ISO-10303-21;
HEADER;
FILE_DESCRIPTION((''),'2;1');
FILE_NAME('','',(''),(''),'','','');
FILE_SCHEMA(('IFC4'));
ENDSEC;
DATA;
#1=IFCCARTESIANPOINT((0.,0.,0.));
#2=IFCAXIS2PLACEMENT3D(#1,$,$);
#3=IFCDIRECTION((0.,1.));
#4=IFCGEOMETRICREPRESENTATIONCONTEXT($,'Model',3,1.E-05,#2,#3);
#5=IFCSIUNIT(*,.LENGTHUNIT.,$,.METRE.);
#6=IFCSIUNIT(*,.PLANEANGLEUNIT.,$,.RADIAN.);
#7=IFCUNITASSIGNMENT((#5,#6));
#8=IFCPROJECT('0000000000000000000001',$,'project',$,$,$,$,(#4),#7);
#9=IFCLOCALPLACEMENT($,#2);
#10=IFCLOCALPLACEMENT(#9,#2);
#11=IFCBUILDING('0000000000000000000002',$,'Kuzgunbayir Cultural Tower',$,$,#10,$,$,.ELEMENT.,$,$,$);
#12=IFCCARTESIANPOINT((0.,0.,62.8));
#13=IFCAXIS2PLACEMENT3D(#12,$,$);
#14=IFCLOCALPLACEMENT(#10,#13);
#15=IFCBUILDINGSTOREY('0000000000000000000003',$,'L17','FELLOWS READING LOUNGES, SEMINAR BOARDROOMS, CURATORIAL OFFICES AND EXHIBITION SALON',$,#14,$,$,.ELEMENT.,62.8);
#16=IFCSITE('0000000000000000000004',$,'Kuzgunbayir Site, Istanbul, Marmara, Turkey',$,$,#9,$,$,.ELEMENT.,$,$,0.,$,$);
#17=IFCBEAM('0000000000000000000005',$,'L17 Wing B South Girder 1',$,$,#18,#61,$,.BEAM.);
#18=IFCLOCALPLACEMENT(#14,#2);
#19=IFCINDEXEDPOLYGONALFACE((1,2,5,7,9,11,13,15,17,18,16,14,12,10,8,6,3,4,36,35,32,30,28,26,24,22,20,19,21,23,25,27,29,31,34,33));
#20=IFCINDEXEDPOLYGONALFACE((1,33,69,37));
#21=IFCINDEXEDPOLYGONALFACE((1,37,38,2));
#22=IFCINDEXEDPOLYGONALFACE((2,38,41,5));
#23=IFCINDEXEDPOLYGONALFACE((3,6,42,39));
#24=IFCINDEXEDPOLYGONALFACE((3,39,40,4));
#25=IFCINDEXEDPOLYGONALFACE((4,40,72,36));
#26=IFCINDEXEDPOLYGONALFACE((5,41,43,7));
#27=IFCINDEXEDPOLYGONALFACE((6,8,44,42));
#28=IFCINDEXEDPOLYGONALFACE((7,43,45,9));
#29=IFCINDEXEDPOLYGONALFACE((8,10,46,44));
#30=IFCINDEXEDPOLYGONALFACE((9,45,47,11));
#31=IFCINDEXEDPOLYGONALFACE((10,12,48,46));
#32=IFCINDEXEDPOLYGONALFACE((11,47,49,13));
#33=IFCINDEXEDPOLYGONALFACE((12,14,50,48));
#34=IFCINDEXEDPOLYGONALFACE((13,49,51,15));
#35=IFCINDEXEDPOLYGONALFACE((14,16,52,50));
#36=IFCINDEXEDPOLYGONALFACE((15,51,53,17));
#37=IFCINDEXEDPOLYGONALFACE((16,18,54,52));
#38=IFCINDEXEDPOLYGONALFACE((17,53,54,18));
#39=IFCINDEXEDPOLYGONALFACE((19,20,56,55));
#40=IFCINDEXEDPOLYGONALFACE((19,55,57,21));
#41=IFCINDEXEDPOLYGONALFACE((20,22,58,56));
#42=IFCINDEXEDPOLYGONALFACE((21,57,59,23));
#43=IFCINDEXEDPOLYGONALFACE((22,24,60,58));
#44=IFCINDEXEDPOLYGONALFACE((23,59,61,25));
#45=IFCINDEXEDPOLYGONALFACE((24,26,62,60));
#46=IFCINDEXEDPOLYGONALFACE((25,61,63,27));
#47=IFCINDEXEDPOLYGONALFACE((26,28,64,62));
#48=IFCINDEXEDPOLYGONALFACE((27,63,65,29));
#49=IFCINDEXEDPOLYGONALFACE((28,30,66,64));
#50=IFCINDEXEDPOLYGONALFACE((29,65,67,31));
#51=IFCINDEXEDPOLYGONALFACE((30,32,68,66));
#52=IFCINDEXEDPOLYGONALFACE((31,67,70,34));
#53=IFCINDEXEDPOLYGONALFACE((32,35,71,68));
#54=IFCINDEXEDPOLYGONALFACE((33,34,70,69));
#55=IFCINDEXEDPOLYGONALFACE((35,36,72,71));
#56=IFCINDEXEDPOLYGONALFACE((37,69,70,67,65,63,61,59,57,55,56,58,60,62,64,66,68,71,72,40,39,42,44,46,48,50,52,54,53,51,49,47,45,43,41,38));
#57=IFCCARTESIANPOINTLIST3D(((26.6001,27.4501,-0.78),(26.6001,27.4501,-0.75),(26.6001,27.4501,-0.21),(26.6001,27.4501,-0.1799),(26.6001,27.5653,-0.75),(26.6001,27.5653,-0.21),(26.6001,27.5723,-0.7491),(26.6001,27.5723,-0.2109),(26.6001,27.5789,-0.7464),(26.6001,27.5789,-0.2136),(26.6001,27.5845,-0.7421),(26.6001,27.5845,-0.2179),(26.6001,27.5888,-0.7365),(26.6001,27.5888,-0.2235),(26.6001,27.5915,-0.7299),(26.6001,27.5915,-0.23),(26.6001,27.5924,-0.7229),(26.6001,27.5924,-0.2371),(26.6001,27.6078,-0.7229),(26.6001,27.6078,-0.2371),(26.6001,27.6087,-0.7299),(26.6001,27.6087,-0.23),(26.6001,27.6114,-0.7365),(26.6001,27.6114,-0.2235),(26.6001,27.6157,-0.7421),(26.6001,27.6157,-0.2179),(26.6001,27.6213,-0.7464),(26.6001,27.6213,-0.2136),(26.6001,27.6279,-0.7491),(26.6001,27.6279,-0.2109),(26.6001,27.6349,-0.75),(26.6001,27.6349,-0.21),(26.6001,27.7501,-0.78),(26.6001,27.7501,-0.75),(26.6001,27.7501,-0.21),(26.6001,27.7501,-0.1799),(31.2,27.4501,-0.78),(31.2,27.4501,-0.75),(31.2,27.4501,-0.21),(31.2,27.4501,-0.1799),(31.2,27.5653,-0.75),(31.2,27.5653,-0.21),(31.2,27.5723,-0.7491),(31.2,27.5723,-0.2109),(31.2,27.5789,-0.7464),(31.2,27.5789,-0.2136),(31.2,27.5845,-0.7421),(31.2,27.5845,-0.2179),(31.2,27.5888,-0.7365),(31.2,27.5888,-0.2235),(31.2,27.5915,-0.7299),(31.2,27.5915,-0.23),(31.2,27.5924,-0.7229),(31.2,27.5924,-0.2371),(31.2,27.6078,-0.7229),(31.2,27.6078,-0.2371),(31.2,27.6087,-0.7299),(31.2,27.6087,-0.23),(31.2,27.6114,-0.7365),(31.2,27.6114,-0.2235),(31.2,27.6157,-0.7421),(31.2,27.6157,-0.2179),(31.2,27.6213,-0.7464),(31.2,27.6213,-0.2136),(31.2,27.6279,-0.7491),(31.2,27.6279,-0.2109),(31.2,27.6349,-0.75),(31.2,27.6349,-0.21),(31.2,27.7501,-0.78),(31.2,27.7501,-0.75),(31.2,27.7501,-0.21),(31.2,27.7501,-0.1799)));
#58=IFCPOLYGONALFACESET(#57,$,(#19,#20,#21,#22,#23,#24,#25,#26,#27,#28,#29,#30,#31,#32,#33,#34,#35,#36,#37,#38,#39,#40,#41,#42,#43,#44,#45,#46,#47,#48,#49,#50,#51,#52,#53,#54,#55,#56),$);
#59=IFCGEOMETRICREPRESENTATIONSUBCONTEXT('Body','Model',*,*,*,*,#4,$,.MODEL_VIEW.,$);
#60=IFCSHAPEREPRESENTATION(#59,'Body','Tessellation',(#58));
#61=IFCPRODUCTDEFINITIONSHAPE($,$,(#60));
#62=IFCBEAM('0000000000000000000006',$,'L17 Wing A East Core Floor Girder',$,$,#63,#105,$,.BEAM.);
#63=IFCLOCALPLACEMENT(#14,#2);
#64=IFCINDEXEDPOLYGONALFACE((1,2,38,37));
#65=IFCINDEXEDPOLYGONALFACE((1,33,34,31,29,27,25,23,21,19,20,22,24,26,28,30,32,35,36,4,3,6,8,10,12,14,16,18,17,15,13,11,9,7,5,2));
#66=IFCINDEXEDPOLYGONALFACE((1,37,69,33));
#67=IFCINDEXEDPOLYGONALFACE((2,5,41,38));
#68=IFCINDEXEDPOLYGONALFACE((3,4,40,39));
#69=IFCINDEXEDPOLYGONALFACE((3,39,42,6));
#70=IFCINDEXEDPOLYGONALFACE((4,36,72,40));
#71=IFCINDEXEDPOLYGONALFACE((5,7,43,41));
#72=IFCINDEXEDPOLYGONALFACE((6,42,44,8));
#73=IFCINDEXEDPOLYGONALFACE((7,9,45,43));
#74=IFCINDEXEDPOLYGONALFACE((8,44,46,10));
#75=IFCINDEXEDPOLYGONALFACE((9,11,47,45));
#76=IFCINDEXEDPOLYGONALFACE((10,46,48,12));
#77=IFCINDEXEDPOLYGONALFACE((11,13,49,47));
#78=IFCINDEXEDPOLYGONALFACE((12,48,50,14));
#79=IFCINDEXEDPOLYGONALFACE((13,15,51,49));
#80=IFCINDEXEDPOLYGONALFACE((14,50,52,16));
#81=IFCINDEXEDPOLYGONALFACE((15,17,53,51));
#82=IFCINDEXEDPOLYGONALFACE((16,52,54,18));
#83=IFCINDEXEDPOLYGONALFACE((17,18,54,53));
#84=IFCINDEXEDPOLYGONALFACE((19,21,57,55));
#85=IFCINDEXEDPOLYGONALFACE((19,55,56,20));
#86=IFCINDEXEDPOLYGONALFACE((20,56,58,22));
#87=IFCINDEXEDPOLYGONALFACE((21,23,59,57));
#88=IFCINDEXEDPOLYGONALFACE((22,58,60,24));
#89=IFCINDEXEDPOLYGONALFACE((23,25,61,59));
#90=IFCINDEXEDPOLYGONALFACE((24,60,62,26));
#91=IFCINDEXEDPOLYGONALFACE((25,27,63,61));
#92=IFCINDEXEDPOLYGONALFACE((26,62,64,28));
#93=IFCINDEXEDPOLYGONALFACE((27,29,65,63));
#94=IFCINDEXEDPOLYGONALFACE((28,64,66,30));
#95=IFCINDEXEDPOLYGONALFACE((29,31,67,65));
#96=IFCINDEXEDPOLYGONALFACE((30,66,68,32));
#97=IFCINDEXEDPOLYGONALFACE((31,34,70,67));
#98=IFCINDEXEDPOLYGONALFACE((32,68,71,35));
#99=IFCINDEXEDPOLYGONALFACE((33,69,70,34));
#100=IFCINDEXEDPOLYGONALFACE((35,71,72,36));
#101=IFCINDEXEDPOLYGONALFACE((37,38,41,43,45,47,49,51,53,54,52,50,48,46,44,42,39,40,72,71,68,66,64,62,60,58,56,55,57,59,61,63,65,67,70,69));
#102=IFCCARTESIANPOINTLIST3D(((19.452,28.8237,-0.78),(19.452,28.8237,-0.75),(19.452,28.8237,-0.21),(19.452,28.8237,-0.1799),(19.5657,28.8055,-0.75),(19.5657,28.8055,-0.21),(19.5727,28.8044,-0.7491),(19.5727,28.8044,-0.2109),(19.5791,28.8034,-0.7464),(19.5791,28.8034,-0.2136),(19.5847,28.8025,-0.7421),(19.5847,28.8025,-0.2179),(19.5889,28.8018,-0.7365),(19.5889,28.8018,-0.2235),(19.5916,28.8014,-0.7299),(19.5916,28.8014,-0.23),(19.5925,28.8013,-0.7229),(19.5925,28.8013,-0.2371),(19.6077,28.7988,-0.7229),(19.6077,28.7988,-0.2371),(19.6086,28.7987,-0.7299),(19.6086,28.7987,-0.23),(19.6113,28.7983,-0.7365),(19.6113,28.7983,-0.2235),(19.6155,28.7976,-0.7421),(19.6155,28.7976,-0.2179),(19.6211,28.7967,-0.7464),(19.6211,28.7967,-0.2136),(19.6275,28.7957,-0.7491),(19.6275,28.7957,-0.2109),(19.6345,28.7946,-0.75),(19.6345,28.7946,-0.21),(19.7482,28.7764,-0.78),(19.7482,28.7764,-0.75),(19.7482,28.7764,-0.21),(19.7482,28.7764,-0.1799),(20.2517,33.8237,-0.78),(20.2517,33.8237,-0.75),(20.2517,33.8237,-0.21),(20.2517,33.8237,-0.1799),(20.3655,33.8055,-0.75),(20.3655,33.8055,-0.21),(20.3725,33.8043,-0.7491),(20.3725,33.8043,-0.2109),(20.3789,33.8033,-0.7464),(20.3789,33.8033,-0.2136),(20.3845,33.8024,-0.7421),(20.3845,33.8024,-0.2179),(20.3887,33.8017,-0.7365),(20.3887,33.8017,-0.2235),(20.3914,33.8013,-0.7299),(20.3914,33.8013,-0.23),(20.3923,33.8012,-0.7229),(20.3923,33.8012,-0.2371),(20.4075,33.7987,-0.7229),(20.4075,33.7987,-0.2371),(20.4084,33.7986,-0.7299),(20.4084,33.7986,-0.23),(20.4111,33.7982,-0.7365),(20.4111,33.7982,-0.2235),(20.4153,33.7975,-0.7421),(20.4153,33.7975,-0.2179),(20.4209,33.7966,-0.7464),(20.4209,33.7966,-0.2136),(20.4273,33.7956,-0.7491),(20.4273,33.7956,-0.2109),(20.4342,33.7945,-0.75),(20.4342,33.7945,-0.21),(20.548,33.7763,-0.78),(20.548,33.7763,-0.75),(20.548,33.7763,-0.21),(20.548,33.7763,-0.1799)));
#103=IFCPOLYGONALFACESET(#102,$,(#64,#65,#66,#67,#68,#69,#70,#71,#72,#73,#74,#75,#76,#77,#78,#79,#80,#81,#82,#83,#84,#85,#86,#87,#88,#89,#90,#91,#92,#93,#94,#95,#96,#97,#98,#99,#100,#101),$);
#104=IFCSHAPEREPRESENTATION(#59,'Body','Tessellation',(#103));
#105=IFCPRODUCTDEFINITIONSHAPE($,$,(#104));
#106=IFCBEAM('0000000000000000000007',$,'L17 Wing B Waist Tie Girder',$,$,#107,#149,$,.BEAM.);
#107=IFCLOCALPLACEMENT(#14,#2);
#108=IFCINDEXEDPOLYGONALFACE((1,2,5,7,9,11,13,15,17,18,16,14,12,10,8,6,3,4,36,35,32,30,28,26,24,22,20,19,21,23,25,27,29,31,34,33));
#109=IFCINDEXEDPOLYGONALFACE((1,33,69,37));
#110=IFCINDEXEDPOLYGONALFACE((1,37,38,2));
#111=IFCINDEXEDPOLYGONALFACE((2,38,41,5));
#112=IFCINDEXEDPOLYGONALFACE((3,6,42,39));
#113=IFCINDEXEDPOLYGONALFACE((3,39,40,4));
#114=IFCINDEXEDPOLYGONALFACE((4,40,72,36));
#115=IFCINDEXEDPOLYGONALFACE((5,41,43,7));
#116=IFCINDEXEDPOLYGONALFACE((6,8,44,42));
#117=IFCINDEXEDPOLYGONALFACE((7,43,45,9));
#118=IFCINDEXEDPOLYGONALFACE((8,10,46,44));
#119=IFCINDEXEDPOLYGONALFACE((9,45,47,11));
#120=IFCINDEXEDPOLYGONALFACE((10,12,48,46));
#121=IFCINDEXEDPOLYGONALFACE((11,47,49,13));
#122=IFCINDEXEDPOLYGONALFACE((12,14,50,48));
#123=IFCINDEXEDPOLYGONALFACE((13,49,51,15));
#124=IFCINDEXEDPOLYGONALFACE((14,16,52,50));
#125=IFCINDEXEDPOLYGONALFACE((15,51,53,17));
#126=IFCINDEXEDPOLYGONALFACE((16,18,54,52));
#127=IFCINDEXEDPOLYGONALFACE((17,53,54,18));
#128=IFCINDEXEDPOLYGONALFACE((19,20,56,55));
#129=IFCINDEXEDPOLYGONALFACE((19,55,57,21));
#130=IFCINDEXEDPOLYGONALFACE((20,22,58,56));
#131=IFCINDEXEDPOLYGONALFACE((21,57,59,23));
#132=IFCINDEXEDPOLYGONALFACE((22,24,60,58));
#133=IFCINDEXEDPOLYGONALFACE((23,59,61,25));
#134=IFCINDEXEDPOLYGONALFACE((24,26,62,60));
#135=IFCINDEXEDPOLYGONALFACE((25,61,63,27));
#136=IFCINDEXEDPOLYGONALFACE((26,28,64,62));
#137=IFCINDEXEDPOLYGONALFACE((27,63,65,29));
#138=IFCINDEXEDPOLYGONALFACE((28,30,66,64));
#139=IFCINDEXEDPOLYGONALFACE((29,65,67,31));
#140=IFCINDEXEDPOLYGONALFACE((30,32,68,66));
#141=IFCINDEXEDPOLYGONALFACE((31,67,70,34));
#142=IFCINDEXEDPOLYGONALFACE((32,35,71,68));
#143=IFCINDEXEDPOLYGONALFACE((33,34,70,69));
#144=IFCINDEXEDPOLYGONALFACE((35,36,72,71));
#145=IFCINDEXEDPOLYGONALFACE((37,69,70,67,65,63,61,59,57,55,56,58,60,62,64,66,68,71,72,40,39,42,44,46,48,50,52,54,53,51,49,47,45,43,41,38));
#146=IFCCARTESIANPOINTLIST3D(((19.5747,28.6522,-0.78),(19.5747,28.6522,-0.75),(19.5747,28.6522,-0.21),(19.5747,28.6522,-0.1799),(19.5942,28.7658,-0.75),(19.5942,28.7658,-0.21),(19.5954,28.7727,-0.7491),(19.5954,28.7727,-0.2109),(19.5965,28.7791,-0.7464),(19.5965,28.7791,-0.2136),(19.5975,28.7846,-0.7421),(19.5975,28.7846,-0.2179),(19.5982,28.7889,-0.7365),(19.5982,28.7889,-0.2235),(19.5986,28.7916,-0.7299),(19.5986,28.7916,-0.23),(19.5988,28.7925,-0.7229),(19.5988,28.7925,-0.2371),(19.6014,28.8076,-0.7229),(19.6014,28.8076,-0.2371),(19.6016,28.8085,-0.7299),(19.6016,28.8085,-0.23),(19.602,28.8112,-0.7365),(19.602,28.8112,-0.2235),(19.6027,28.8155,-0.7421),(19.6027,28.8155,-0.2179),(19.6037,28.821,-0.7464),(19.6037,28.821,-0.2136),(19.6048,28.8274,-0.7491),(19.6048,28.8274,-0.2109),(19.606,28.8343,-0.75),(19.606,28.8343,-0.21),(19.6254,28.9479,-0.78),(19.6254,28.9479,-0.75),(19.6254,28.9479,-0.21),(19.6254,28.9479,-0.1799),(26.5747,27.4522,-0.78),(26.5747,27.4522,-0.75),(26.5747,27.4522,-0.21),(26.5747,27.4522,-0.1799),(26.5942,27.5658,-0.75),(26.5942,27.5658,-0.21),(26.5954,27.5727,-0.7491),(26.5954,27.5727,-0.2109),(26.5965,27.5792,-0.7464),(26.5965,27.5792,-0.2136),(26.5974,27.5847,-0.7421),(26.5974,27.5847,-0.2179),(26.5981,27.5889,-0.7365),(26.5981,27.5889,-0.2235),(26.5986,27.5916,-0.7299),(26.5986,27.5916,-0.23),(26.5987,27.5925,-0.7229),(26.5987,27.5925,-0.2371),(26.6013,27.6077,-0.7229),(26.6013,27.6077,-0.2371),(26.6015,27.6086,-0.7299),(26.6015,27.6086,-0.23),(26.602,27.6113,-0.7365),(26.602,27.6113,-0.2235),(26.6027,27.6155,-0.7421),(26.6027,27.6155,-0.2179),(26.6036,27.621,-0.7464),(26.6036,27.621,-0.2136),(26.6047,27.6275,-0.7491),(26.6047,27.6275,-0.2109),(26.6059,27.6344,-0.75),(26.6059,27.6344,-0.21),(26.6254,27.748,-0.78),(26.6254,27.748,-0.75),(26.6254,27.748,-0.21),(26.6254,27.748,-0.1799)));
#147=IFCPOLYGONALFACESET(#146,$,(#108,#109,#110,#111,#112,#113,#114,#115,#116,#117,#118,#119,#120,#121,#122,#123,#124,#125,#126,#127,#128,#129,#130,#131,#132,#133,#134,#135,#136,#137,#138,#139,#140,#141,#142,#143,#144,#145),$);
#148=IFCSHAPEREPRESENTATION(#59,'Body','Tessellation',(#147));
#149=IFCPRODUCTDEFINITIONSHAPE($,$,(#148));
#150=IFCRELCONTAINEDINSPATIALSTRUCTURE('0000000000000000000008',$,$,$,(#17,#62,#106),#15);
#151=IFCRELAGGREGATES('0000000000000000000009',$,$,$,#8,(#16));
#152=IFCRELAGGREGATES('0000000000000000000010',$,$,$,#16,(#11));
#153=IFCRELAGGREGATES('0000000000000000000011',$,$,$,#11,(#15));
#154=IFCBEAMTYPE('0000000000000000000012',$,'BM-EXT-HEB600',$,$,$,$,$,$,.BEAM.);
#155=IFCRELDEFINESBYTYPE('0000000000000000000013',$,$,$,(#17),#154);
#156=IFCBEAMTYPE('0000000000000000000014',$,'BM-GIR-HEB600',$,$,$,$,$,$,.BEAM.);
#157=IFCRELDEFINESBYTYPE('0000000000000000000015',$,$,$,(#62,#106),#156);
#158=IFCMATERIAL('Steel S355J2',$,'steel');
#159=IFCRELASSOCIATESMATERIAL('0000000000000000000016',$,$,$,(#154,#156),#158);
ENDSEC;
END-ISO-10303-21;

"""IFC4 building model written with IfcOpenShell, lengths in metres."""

from ifc_helpers import new_model, si_unit, direction, frame, origin, origin_2d, place, context, subcontext, project, spatial, i_section, extrude, material, material_profile, profile_set, type_object, element, save


model = new_model("IFC4")

# Units and contexts
model_context = context("Model", 3, precision=1e-05, world=origin(), true_north=direction((0.0, 1.0)))
body_context = subcontext(model_context, "Body", "Model", "MODEL_VIEW")
ifc_project = project(units=[si_unit("LENGTHUNIT", "METRE"), si_unit("PLANEANGLEUNIT", "RADIAN")], contexts=[model_context])

# Site, building, storey
site_placement = place(None, origin())
site = spatial("IfcSite", under=ifc_project, at=site_placement, Name="Kuzgunbayir Site, Istanbul, Marmara, Turkey", CompositionType="ELEMENT", RefElevation=0.0)
building_placement = place(site_placement, origin())
building = spatial("IfcBuilding", under=site, at=building_placement, Name="Kuzgunbayir Cultural Tower", CompositionType="ELEMENT")
storey_placement = place(building_placement, frame((0.0, 0.0, 62.8)))
storey = spatial("IfcBuildingStorey", under=building, at=storey_placement, Name="L17", Description="FELLOWS READING LOUNGES, SEMINAR BOARDROOMS, CURATORIAL OFFICES AND EXHIBITION SALON", CompositionType="ELEMENT", Elevation=62.8)

# Beams
ifc_material_1 = material(Name="Steel S355J2", Category="steel")
ifc_material_profile_1 = material_profile(ifc_material_1, i_section(OverallWidth=0.3, OverallDepth=0.6001, WebThickness=0.0154, FlangeThickness=0.03, FilletRadius=0.0271, at=origin_2d()), Name="HEB 600")
ifc_profile_set_1 = profile_set([ifc_material_profile_1], Name="Steel S355J2")
beam_type_1 = type_object("IfcBeamType", Name="BM-EXT-HEB600", PredefinedType="BEAM", material=ifc_profile_set_1)
beam_1_placement = place(storey_placement, frame((26.6001, 27.6001, -0.48), z_axis=(1.0, 0.0, 0.0), x_axis=(0.0, 1.0, 0.0)))
element("IfcBeam", 1, at=beam_1_placement, inside=storey, type_object=beam_type_1, Name="L17 Wing B South Girder 1", PredefinedType="BEAM", context=body_context, shape_type="SweptSolid", body=[
    extrude(i_section(OverallWidth=0.3, OverallDepth=0.6001, WebThickness=0.0154, FlangeThickness=0.03, FilletRadius=0.0271, at=origin_2d()), origin(), (0.0, 0.0, 1.0), 4.5999),
])
ifc_material_profile_2 = material_profile(ifc_material_1, i_section(OverallWidth=0.3, OverallDepth=0.6001, WebThickness=0.0154, FlangeThickness=0.03, FilletRadius=0.0271, at=origin_2d()), Name="HEB 600")
ifc_profile_set_2 = profile_set([ifc_material_profile_2], Name="Steel S355J2")
beam_type_2 = type_object("IfcBeamType", Name="BM-GIR-HEB600", PredefinedType="BEAM", material=ifc_profile_set_2)
beam_2_placement = place(storey_placement, frame((19.6001, 28.8, -0.48), z_axis=(0.157953, 0.987447, 0.0), x_axis=(-0.987447, 0.157953, 0.0)))
element("IfcBeam", 2, at=beam_2_placement, inside=storey, type_object=beam_type_2, Name="L17 Wing A East Core Floor Girder", PredefinedType="BEAM", context=body_context, shape_type="SweptSolid", body=[
    extrude(i_section(OverallWidth=0.3, OverallDepth=0.6001, WebThickness=0.0154, FlangeThickness=0.03, FilletRadius=0.0271, at=origin_2d()), origin(), (0.0, 0.0, 1.0), 5.0635),
])
beam_3_placement = place(storey_placement, frame((19.6001, 28.8, -0.48), z_axis=(0.985623, -0.168957, 0.0), x_axis=(0.168957, 0.985623, 0.0)))
element("IfcBeam", 3, at=beam_3_placement, inside=storey, type_object=beam_type_2, Name="L17 Wing B Waist Tie Girder", PredefinedType="BEAM", context=body_context, shape_type="SweptSolid", body=[
    extrude(i_section(OverallWidth=0.3, OverallDepth=0.6001, WebThickness=0.0154, FlangeThickness=0.03, FilletRadius=0.0271, at=origin_2d()), origin(), (0.0, 0.0, 1.0), 7.1021),
])

save(model, "model.ifc")
